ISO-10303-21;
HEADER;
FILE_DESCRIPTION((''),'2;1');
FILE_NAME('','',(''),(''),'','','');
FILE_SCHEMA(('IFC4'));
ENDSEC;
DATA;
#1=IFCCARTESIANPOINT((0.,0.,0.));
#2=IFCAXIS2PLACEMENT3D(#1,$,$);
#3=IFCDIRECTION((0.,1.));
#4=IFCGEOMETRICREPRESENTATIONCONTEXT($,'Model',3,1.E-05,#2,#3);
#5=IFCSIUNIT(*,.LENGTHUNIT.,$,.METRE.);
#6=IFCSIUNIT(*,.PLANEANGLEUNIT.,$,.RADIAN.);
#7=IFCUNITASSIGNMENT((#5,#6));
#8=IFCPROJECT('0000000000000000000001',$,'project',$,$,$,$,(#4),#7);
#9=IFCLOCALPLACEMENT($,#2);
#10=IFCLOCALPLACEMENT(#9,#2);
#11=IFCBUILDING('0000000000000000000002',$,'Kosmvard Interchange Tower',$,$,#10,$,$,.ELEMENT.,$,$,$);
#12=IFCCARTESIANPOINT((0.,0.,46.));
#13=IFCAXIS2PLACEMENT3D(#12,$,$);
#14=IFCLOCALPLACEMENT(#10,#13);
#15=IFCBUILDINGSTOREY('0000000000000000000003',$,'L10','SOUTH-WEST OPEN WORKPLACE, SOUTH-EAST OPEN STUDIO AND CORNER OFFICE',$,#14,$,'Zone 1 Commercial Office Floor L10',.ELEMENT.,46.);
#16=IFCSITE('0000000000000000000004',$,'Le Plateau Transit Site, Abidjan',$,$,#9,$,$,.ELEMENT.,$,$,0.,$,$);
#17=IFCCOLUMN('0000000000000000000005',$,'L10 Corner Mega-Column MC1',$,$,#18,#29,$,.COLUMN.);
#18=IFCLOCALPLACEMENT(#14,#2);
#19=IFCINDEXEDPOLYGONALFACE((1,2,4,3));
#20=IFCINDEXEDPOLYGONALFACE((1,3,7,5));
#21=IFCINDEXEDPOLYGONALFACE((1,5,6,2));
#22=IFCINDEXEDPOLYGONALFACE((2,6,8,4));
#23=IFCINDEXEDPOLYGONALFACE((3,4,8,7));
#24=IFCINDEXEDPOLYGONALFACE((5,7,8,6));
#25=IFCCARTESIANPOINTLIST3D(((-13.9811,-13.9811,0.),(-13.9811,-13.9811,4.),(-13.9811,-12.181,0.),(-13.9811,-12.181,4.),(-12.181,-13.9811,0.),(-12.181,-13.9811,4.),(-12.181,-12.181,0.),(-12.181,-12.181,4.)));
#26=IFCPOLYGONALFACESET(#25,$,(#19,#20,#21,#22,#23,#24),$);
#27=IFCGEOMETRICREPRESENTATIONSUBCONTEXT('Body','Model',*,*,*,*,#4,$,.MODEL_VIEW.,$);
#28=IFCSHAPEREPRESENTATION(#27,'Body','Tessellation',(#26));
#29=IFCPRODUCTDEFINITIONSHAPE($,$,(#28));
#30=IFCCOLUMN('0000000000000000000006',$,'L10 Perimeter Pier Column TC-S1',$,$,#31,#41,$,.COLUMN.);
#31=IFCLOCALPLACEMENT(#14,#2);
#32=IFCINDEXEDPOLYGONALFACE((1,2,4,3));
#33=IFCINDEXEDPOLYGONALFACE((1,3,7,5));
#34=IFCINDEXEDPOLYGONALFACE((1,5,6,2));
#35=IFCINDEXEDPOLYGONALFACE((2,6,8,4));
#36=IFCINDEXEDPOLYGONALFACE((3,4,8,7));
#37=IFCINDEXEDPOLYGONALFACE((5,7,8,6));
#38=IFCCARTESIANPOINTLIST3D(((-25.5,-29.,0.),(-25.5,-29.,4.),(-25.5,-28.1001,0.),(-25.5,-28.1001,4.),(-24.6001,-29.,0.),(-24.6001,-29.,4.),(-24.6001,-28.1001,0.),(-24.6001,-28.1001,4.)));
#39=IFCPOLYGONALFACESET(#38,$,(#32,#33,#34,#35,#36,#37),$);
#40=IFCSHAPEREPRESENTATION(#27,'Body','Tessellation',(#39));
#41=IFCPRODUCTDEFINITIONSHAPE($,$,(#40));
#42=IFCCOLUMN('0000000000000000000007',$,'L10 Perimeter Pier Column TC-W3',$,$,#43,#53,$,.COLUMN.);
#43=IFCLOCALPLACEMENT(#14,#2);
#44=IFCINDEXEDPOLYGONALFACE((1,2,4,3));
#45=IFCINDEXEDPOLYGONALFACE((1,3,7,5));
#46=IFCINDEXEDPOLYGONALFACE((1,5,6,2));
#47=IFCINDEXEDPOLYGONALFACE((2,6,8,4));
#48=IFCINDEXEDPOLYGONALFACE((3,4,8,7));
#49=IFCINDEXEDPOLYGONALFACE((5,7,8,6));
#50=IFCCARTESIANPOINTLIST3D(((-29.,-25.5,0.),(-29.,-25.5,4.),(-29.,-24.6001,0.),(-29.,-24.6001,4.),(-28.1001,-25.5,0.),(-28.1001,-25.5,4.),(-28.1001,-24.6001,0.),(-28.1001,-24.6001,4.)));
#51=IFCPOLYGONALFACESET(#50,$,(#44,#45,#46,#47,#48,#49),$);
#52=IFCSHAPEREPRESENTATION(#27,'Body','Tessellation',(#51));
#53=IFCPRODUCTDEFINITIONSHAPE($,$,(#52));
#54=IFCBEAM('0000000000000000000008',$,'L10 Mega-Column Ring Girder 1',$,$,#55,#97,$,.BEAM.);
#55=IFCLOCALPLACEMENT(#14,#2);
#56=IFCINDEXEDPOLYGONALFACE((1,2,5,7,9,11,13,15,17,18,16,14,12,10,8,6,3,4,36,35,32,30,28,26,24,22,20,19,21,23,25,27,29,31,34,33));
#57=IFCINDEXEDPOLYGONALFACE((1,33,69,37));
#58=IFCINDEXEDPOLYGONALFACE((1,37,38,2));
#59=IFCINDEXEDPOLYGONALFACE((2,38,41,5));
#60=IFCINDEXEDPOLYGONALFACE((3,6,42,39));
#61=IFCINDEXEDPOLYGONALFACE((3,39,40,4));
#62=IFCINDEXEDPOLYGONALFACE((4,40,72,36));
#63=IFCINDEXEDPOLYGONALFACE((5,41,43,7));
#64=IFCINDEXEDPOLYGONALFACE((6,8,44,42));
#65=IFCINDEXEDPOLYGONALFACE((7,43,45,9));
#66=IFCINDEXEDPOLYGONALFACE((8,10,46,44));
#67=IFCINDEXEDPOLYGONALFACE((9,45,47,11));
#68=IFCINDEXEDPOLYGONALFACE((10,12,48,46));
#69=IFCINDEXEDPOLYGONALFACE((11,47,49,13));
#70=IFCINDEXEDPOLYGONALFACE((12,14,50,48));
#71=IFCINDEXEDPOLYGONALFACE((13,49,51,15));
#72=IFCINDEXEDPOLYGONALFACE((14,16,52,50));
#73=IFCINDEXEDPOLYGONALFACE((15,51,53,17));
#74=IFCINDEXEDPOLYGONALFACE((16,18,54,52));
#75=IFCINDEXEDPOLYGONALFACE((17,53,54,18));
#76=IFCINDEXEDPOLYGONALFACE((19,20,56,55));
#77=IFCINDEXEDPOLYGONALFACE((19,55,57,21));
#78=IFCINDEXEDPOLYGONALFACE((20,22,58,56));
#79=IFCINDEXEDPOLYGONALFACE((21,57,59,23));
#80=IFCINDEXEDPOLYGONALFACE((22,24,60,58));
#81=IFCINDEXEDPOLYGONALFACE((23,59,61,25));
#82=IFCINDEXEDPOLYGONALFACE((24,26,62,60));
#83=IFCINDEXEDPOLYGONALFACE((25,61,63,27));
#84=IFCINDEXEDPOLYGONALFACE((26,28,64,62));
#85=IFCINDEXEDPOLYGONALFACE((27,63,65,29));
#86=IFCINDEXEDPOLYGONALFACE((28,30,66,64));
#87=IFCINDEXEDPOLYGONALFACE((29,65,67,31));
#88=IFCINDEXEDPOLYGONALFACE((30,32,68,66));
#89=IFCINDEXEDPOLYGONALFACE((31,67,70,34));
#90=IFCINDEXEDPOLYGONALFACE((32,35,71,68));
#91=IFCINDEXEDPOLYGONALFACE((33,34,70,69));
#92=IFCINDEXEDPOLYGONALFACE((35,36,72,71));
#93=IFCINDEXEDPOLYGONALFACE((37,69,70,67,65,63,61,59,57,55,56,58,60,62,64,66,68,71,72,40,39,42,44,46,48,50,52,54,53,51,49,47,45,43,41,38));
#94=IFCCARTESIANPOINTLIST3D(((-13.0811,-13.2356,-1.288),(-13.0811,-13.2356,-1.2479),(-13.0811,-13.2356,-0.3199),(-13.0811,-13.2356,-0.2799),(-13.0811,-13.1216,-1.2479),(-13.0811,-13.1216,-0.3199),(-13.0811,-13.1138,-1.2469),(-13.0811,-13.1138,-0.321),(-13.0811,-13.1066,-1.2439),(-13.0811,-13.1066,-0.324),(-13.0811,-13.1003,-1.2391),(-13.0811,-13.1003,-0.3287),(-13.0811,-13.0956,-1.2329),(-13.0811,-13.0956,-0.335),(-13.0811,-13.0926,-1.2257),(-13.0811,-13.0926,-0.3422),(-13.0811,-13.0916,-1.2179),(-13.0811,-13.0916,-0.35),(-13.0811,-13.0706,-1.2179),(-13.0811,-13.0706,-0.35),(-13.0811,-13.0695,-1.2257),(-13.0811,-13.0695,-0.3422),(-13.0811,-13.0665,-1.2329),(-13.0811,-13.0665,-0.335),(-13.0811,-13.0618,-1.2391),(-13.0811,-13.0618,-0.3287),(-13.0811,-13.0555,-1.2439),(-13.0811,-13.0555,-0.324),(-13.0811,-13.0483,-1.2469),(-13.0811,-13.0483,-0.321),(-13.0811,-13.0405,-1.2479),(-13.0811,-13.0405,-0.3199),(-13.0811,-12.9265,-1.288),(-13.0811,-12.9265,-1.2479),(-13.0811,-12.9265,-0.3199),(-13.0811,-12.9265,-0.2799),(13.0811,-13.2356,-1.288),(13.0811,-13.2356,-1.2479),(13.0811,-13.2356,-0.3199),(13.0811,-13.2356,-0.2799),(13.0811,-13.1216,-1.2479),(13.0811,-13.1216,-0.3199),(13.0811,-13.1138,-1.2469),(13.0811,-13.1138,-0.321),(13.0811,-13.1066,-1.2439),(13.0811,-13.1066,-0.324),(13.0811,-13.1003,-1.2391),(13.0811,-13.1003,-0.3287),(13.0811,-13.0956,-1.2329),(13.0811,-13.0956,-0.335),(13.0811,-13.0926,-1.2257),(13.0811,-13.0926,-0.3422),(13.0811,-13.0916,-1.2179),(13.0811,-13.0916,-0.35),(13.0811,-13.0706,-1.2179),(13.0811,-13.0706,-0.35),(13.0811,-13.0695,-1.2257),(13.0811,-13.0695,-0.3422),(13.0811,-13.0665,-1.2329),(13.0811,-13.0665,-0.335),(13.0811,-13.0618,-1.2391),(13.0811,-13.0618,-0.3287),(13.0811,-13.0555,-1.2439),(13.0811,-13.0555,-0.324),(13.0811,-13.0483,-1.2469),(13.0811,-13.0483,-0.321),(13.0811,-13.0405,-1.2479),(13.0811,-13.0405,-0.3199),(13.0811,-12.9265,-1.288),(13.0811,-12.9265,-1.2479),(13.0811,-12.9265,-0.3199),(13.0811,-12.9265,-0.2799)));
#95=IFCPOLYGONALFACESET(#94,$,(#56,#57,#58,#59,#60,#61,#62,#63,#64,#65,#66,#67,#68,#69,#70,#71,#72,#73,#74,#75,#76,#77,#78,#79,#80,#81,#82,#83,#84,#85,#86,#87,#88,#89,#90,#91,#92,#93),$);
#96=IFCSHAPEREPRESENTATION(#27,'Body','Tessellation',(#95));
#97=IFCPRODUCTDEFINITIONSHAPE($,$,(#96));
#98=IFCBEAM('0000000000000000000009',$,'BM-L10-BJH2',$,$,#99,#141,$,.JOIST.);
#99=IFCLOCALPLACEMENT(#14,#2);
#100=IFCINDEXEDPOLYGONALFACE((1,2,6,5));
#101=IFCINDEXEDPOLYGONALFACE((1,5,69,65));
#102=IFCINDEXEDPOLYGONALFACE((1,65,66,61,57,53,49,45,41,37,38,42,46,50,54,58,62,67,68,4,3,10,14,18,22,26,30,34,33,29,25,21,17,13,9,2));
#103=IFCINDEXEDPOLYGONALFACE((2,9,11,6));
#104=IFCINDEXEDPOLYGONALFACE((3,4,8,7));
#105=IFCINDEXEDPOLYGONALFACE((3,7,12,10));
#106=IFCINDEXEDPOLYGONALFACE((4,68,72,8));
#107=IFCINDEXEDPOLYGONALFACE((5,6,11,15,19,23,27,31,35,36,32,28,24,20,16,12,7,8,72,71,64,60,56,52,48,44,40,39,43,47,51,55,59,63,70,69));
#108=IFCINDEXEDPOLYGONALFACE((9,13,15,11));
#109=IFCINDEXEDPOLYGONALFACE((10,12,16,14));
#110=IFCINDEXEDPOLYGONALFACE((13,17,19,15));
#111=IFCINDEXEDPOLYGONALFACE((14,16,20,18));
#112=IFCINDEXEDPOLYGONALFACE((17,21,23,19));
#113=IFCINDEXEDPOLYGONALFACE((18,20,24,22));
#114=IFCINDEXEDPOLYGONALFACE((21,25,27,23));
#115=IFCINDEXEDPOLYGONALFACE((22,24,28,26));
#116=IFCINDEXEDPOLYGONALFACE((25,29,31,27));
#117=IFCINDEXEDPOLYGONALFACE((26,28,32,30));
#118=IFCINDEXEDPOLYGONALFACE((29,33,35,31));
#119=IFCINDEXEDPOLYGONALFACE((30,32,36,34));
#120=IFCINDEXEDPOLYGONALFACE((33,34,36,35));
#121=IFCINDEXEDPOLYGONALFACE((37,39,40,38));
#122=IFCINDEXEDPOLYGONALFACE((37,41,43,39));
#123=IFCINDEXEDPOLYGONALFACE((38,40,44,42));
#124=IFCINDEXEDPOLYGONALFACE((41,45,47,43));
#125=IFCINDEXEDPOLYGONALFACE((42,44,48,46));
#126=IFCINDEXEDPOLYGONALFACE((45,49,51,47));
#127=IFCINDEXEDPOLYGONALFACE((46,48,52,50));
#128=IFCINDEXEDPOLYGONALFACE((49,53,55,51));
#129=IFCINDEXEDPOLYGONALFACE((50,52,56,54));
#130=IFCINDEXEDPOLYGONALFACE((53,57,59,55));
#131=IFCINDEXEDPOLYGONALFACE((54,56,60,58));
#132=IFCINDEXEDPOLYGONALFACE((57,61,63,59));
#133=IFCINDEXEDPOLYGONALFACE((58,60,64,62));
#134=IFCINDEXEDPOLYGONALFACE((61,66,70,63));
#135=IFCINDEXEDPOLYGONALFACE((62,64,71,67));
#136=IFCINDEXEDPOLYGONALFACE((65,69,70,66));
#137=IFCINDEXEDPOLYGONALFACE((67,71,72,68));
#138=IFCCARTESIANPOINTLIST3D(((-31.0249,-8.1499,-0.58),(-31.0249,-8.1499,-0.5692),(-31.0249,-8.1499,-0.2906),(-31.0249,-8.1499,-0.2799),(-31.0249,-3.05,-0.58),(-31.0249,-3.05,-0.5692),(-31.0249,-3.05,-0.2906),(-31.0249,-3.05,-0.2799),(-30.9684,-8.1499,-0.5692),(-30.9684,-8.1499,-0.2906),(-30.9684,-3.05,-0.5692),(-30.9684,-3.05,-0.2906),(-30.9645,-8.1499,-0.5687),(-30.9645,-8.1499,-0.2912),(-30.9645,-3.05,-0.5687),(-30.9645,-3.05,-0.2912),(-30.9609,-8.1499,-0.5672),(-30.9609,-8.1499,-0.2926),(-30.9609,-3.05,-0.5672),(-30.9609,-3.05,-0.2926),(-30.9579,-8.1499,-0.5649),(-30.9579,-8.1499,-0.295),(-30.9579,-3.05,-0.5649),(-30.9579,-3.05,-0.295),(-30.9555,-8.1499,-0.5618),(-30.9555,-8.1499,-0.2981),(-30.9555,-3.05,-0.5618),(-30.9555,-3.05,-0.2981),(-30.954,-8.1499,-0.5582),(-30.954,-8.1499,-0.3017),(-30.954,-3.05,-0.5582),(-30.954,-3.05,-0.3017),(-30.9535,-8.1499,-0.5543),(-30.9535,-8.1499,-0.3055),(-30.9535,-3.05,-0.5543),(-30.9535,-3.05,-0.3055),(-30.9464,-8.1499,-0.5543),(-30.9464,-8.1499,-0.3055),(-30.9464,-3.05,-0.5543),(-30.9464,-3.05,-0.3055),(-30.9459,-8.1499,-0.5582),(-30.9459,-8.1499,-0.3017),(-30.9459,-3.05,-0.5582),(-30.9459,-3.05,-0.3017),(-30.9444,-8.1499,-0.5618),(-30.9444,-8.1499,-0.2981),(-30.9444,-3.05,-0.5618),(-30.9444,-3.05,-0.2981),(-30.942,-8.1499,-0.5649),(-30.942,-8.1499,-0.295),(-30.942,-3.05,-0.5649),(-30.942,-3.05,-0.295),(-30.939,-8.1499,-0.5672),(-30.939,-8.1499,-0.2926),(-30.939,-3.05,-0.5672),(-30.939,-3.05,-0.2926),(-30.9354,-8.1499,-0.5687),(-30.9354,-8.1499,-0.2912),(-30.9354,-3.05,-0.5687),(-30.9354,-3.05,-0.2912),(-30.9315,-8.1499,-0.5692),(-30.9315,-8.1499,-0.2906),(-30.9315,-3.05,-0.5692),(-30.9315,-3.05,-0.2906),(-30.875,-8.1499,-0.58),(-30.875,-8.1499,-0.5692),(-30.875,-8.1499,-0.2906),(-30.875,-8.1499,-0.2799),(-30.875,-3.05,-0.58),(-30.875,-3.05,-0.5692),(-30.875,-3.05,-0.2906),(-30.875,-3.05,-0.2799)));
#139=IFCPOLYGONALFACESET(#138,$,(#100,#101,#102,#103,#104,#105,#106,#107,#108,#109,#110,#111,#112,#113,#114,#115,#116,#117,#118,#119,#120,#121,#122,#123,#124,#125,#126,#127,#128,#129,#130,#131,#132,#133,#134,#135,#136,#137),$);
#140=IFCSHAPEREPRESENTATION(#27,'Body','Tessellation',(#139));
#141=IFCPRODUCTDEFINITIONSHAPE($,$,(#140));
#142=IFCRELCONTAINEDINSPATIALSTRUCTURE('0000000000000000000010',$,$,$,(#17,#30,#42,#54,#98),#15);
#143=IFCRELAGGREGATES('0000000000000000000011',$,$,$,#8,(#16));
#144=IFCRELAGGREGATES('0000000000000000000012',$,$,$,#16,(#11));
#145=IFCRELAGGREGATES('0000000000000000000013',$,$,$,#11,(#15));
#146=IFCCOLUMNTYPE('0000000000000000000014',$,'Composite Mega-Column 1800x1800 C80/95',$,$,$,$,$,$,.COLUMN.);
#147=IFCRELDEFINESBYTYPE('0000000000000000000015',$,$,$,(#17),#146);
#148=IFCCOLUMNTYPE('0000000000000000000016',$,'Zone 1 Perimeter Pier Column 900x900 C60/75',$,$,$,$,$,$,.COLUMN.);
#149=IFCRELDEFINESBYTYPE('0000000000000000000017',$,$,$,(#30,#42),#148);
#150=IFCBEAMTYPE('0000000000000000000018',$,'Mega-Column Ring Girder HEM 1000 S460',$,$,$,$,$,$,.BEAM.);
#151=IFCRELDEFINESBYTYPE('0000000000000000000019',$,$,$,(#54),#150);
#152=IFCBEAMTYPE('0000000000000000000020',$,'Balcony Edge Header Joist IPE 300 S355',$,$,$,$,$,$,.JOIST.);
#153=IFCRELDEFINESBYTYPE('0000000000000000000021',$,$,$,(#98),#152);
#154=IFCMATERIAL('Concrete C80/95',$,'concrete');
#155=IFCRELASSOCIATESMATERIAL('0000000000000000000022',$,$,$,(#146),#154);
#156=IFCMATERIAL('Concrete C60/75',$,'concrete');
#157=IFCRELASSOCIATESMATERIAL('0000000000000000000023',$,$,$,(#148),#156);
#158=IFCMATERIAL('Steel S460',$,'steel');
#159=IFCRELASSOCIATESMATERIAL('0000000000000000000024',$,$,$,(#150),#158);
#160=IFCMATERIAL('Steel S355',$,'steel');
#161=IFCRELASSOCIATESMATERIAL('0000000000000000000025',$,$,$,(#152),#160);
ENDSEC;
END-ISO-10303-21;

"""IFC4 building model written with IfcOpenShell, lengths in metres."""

from ifc_helpers import new_model, si_unit, direction, frame, origin, origin_2d, place, context, subcontext, project, spatial, rectangle, i_section, extrude, source, transform, mapped, material, material_profile, profile_set, type_object, element, save


model = new_model("IFC4")

# Units and contexts
model_context = context("Model", 3, precision=1e-05, world=origin(), true_north=direction((0.0, 1.0)))
body_context = subcontext(model_context, "Body", "Model", "MODEL_VIEW")
ifc_project = project(units=[si_unit("LENGTHUNIT", "METRE"), si_unit("PLANEANGLEUNIT", "RADIAN")], contexts=[model_context])

# Site, building, storey
site_placement = place(None, origin())
site = spatial("IfcSite", under=ifc_project, at=site_placement, Name="Le Plateau Transit Site, Abidjan", CompositionType="ELEMENT", RefElevation=0.0)
building_placement = place(site_placement, origin())
building = spatial("IfcBuilding", under=site, at=building_placement, Name="Kosmvard Interchange Tower", CompositionType="ELEMENT")
storey_placement = place(building_placement, frame((0.0, 0.0, 46.0)))
storey = spatial("IfcBuildingStorey", under=building, at=storey_placement, Name="L10", Description="SOUTH-WEST OPEN WORKPLACE, SOUTH-EAST OPEN STUDIO AND CORNER OFFICE", LongName="Zone 1 Commercial Office Floor L10", CompositionType="ELEMENT", Elevation=46.0)

# Columns
ifc_material_1 = material(Name="Concrete C80/95", Category="concrete")
ifc_material_profile_1 = material_profile(ifc_material_1, rectangle(XDim=1.8, YDim=1.8, at=origin_2d()), Name="MC 1800x1800")
ifc_profile_set_1 = profile_set([ifc_material_profile_1], Name="Concrete C80/95")
column_type_1 = type_object("IfcColumnType", Name="Composite Mega-Column 1800x1800 C80/95", PredefinedType="COLUMN", material=ifc_profile_set_1)
shared_shape_1 = source(origin(), body_context, "Body", "SweptSolid", [
    extrude(rectangle(XDim=1.8, YDim=1.8, at=origin_2d()), origin(), (0.0, 0.0, 1.0), 4.0),
])
column_placement = place(storey_placement, frame((-13.0811, -13.0811, 0.0), z_axis=(0.0, 0.0, 1.0), x_axis=(1.0, 0.0, 0.0)))
element("IfcColumn", 1, at=column_placement, inside=storey, type_object=column_type_1, Name="L10 Corner Mega-Column MC1", PredefinedType="COLUMN", context=body_context, shape_type="MappedRepresentation", body=[
    mapped(shared_shape_1, transform((0.0, 0.0, 0.0), scale=1.0)),
])
ifc_material_2 = material(Name="Concrete C60/75", Category="concrete")
ifc_material_profile_2 = material_profile(ifc_material_2, rectangle(XDim=0.8999, YDim=0.8999, at=origin_2d()), Name="TC 900x900")
ifc_profile_set_2 = profile_set([ifc_material_profile_2], Name="Concrete C60/75")
column_type_2 = type_object("IfcColumnType", Name="Zone 1 Perimeter Pier Column 900x900 C60/75", PredefinedType="COLUMN", material=ifc_profile_set_2)
shared_shape_2 = source(origin(), body_context, "Body", "SweptSolid", [
    extrude(rectangle(XDim=0.8999, YDim=0.8999, at=origin_2d()), origin(), (0.0, 0.0, 1.0), 4.0),
])
for number, where, z_axis, x_axis, name in (
    (2, (-25.05, -28.55, 0.0), (0.0, 0.0, 1.0), (1.0, 0.0, 0.0), "L10 Perimeter Pier Column TC-S1"),
    (3, (-28.55, -25.05, 0.0), (0.0, 0.0, 1.0), (1.0, 0.0, 0.0), "L10 Perimeter Pier Column TC-W3"),
):
    element("IfcColumn", number, at=place(storey_placement, frame(where, z_axis=z_axis, x_axis=x_axis)), inside=storey, type_object=column_type_2, Name=name, PredefinedType="COLUMN", context=body_context, shape_type="MappedRepresentation", body=[
        mapped(shared_shape_2, transform((0.0, 0.0, 0.0), scale=1.0)),
    ])

# Beams
ifc_material_3 = material(Name="Steel S460", Category="steel")
ifc_material_profile_3 = material_profile(ifc_material_3, i_section(OverallWidth=0.3091, OverallDepth=1.0081, WebThickness=0.021, FlangeThickness=0.04, FilletRadius=0.03, at=origin_2d()), Name="HEM 1000")
ifc_profile_set_3 = profile_set([ifc_material_profile_3], Name="Steel S460")
beam_type_1 = type_object("IfcBeamType", Name="Mega-Column Ring Girder HEM 1000 S460", PredefinedType="BEAM", material=ifc_profile_set_3)
shared_shape_3 = source(origin(), body_context, "Body", "SweptSolid", [
    extrude(i_section(OverallWidth=0.3091, OverallDepth=1.0081, WebThickness=0.021, FlangeThickness=0.04, FilletRadius=0.03, at=origin_2d()), origin(), (0.0, 0.0, 1.0), 26.1621),
])
beam_1_placement = place(storey_placement, frame((-13.0811, -13.0811, -0.7839), z_axis=(1.0, 0.0, 0.0), x_axis=(0.0, 1.0, 0.0)))
element("IfcBeam", 4, at=beam_1_placement, inside=storey, type_object=beam_type_1, Name="L10 Mega-Column Ring Girder 1", PredefinedType="BEAM", context=body_context, shape_type="MappedRepresentation", body=[
    mapped(shared_shape_3, transform((0.0, 0.0, 0.0), scale=1.0)),
])
ifc_material_4 = material(Name="Steel S355", Category="steel")
ifc_material_profile_4 = material_profile(ifc_material_4, i_section(OverallWidth=0.1499, OverallDepth=0.3, WebThickness=0.0071, FlangeThickness=0.0107, FilletRadius=0.0149, at=origin_2d()), Name="IPE 300")
ifc_profile_set_4 = profile_set([ifc_material_profile_4], Name="Steel S355")
beam_type_2 = type_object("IfcBeamType", Name="Balcony Edge Header Joist IPE 300 S355", PredefinedType="JOIST", material=ifc_profile_set_4)
shared_shape_4 = source(origin(), body_context, "Body", "SweptSolid", [
    extrude(i_section(OverallWidth=0.1499, OverallDepth=0.3, WebThickness=0.0071, FlangeThickness=0.0107, FilletRadius=0.0149, at=origin_2d()), origin(), (0.0, 0.0, 1.0), 5.0999),
])
beam_2_placement = place(storey_placement, frame((-30.95, -3.05, -0.4299), z_axis=(0.0, -1.0, 0.0), x_axis=(1.0, 0.0, 0.0)))
element("IfcBeam", 5, at=beam_2_placement, inside=storey, type_object=beam_type_2, Name="BM-L10-BJH2", PredefinedType="JOIST", context=body_context, shape_type="MappedRepresentation", body=[
    mapped(shared_shape_4, transform((0.0, 0.0, 0.0), scale=1.0)),
])

save(model, "model.ifc")
